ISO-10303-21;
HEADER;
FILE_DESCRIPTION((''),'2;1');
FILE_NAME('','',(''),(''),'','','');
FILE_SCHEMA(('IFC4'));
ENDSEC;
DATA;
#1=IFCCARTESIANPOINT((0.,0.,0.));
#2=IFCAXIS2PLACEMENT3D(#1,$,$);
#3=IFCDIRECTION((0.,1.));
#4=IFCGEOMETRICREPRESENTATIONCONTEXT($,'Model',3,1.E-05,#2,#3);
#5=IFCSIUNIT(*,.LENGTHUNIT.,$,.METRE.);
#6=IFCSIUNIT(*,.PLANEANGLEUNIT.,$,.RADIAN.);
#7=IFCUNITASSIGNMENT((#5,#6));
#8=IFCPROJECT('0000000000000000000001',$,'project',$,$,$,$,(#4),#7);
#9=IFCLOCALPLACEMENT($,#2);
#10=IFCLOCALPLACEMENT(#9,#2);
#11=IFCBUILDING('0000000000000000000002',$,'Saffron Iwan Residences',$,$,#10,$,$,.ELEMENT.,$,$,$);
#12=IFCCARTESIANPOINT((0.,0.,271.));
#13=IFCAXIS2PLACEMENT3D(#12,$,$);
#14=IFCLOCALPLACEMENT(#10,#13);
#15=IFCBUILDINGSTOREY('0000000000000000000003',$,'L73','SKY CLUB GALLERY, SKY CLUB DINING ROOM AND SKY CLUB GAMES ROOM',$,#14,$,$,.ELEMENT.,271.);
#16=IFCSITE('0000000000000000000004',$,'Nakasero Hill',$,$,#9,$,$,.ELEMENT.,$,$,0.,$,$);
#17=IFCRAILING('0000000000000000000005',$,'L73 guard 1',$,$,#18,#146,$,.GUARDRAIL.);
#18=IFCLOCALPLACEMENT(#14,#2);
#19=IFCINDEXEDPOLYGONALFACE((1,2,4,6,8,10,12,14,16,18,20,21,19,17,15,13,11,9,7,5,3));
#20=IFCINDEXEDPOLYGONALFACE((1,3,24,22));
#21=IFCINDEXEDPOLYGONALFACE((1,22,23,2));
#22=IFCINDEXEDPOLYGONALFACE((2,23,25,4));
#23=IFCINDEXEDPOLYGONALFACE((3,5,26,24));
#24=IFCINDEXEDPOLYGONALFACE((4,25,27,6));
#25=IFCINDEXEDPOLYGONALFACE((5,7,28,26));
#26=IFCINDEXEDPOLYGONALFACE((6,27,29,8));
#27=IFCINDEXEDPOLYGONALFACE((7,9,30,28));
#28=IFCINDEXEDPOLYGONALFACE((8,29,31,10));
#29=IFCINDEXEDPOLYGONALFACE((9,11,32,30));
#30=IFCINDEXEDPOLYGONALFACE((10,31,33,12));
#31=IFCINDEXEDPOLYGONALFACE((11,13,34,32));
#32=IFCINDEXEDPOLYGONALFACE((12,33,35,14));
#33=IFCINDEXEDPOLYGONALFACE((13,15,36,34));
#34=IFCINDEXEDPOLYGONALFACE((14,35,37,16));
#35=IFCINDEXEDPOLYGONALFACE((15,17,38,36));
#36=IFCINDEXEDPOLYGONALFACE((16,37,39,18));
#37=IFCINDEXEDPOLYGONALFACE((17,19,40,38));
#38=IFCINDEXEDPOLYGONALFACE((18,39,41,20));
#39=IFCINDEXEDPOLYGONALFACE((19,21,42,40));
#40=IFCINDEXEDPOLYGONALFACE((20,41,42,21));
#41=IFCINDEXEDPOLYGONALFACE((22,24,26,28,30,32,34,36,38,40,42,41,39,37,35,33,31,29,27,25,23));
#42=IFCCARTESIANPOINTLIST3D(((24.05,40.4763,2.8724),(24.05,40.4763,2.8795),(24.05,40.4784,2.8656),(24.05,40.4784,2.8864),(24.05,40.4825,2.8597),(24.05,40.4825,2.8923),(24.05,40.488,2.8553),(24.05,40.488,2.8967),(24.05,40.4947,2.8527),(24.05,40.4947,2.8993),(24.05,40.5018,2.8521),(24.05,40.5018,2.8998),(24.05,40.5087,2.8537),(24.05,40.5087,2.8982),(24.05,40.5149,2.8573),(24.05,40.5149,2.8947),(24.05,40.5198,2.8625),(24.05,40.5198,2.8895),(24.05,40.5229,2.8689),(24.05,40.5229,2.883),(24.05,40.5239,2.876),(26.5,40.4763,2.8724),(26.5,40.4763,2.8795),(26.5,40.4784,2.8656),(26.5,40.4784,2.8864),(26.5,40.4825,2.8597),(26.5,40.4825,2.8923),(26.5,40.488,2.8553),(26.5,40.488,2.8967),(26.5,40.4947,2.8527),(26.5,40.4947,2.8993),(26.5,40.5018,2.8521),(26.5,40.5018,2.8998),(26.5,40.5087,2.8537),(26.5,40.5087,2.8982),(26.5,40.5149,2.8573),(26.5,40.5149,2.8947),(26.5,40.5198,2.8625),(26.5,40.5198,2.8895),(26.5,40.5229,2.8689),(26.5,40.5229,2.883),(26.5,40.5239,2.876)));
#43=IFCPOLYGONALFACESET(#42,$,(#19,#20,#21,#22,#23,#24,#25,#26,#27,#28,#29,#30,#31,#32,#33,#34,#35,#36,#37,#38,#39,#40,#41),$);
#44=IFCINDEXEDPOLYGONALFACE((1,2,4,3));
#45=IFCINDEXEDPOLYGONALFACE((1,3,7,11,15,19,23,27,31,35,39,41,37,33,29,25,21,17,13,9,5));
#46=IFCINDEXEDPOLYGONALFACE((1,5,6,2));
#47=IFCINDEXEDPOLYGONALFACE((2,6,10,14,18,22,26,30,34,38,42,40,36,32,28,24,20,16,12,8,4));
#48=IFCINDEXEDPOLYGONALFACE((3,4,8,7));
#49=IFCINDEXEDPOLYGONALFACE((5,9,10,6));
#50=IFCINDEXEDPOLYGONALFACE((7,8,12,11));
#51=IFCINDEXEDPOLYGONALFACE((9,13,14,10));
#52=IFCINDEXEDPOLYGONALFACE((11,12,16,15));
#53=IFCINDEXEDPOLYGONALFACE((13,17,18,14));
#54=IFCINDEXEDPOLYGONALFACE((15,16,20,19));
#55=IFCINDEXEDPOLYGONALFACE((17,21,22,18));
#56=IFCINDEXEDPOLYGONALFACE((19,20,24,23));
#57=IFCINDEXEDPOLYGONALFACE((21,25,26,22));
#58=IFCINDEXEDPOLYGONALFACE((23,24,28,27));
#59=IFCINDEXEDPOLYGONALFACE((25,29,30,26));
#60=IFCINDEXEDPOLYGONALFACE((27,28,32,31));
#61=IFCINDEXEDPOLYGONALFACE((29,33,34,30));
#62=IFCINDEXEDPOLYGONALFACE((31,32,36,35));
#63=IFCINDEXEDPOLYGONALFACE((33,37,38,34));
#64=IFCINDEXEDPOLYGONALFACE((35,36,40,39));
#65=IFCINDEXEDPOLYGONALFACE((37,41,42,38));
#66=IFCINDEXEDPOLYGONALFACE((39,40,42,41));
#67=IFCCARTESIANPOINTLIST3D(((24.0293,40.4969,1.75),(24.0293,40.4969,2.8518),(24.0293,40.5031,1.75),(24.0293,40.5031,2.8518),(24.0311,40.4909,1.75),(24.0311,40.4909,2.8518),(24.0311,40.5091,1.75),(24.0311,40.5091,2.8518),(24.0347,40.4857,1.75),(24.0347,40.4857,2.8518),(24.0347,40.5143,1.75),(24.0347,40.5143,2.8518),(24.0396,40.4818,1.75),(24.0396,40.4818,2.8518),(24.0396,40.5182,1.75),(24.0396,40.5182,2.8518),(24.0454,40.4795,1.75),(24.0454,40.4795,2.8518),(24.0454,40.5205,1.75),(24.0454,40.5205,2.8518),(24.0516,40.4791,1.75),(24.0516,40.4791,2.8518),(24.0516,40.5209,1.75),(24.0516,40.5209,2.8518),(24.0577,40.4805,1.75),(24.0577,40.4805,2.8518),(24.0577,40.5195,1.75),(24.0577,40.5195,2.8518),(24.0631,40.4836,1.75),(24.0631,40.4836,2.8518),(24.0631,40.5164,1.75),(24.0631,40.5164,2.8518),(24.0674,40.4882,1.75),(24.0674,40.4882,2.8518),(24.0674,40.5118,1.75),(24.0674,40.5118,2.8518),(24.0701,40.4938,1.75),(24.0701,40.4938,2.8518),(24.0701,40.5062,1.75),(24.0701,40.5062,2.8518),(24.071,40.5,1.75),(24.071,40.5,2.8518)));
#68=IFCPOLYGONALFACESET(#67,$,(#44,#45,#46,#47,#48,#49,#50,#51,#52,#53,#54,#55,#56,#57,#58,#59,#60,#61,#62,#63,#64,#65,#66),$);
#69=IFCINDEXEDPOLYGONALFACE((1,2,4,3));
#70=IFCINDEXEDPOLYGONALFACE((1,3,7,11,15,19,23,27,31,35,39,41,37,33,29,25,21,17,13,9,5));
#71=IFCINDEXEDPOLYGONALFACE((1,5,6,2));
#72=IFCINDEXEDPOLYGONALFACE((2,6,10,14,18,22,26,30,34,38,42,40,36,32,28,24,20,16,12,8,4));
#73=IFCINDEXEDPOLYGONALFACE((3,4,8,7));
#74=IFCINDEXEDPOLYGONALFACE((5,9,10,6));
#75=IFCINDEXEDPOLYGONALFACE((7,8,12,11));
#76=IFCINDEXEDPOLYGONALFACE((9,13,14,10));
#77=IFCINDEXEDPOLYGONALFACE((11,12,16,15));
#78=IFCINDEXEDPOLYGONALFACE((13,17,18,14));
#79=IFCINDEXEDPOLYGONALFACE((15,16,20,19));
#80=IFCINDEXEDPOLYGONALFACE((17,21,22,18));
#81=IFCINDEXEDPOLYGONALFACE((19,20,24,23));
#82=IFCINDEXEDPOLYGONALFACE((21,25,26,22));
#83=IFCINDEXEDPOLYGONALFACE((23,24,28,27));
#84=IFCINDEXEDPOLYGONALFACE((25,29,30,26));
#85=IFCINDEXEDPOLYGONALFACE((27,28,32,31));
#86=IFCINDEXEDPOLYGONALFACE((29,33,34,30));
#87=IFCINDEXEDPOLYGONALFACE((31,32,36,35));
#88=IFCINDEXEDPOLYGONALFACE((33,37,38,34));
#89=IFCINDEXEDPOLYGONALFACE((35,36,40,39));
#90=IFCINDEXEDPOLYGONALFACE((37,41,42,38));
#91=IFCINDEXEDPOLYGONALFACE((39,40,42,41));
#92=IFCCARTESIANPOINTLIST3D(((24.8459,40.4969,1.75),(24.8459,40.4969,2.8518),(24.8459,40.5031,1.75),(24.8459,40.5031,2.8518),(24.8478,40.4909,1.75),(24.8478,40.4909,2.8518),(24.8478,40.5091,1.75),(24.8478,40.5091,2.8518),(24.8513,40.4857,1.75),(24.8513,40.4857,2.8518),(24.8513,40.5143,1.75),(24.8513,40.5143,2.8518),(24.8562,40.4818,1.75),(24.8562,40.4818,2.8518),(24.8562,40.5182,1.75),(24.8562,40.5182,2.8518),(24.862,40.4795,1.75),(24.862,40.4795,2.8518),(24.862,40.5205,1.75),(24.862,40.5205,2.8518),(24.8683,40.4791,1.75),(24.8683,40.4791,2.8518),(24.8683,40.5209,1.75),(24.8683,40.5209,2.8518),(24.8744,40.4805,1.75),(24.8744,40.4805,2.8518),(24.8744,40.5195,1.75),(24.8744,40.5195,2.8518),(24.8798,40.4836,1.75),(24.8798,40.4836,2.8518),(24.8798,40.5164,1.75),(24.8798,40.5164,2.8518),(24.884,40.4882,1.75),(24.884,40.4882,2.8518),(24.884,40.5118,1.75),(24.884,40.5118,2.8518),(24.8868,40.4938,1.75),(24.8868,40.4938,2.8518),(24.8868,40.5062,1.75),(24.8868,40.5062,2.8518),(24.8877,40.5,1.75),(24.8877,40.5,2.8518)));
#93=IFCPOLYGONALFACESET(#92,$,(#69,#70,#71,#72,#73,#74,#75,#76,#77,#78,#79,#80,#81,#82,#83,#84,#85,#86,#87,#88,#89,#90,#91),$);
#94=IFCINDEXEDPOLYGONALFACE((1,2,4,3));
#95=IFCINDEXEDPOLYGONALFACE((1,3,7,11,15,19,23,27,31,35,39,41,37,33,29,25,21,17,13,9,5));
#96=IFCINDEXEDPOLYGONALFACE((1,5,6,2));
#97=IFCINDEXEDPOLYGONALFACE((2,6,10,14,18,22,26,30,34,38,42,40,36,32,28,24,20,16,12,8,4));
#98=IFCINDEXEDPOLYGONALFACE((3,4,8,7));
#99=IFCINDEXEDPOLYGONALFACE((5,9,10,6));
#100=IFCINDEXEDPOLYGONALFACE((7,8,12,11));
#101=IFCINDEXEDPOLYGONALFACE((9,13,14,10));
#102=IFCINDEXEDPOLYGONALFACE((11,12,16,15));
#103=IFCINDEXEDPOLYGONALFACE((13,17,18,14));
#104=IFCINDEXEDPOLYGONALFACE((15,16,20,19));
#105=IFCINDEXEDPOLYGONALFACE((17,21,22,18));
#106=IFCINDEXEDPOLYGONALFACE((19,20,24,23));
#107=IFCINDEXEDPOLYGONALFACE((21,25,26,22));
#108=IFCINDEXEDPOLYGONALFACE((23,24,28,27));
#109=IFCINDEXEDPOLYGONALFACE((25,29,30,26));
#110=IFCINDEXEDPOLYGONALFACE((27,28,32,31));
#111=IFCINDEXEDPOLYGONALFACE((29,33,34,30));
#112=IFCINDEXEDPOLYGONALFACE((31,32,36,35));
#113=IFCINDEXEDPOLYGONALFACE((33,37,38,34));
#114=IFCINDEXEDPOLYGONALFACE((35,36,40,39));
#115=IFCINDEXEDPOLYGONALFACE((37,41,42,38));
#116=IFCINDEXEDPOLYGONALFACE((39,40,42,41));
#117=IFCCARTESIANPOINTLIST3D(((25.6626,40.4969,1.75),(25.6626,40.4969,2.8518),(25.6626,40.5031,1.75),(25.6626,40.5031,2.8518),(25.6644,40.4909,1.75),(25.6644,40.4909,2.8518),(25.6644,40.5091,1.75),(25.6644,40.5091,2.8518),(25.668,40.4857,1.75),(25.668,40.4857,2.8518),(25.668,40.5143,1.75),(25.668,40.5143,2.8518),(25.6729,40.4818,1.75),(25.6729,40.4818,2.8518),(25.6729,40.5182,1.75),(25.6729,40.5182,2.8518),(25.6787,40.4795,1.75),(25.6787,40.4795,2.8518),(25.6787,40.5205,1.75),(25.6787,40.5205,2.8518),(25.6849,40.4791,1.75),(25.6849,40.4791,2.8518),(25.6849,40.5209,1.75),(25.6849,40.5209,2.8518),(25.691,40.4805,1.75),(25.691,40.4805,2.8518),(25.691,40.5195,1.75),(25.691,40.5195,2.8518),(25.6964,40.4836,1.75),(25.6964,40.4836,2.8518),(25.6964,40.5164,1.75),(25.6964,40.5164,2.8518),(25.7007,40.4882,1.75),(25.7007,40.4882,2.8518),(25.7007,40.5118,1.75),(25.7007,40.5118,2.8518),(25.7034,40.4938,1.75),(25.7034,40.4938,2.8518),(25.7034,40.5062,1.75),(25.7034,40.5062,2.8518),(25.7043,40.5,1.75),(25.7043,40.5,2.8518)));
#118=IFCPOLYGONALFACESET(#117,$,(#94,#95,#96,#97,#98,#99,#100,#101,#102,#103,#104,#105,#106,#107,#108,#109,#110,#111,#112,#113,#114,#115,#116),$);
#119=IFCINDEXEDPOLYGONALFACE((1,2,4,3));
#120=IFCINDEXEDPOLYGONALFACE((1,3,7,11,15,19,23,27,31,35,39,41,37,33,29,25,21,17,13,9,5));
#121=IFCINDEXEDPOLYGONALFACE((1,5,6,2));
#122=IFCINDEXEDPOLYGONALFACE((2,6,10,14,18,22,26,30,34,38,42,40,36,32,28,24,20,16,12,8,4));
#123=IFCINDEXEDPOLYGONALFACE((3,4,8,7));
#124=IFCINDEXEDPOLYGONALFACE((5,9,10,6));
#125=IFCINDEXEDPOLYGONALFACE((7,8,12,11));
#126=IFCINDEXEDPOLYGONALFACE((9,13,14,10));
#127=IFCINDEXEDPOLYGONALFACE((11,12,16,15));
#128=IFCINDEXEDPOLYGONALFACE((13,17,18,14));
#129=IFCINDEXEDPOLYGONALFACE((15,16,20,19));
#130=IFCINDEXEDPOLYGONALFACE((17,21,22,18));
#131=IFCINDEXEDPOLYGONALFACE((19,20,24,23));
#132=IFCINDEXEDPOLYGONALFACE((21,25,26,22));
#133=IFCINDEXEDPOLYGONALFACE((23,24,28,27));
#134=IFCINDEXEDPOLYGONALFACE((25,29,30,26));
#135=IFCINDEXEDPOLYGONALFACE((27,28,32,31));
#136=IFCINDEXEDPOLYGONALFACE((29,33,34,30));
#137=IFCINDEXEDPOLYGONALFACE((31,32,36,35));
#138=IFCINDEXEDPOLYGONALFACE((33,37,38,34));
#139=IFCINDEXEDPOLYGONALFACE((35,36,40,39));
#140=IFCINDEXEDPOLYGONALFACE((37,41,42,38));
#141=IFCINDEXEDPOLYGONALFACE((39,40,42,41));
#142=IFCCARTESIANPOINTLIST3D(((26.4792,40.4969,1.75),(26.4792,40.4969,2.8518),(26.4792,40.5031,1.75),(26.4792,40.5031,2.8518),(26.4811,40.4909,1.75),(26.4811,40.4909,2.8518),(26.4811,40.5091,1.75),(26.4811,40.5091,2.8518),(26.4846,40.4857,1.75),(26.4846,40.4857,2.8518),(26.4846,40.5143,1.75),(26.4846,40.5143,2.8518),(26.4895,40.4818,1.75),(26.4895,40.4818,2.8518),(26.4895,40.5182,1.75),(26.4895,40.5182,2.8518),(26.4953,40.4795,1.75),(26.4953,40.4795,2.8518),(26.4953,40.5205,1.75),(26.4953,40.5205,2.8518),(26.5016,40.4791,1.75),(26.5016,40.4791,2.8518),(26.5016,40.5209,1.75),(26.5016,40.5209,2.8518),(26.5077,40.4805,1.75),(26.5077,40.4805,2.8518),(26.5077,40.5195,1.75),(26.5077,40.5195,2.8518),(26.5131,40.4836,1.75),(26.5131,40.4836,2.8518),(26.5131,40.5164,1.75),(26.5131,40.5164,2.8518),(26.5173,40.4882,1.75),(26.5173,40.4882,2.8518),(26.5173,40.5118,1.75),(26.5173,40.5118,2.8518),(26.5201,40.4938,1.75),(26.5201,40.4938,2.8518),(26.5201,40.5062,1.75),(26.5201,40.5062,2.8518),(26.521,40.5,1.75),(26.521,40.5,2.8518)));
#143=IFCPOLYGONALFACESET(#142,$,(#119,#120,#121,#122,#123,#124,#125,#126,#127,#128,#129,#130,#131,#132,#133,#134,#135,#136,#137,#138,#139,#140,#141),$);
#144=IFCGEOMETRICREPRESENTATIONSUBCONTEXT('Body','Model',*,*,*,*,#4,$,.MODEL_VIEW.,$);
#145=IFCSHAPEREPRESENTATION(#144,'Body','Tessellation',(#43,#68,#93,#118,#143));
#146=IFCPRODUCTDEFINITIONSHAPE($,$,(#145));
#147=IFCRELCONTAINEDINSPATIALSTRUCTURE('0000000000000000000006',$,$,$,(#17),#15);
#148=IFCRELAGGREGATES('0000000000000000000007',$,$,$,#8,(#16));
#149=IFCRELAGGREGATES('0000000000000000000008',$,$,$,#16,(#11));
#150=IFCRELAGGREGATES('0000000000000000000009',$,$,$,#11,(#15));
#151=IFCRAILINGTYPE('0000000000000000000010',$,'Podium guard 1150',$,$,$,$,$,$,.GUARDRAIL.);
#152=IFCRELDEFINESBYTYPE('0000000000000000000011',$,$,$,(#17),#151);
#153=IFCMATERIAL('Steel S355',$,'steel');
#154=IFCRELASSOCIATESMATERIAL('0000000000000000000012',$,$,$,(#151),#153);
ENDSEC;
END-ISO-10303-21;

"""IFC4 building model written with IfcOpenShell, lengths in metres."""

from ifc_helpers import new_model, si_unit, direction, frame, origin, origin_2d, place, context, subcontext, project, spatial, circle, extrude, material, type_object, element, save


model = new_model("IFC4")

# Units and contexts
model_context = context("Model", 3, precision=1e-05, world=origin(), true_north=direction((0.0, 1.0)))
body_context = subcontext(model_context, "Body", "Model", "MODEL_VIEW")
ifc_project = project(units=[si_unit("LENGTHUNIT", "METRE"), si_unit("PLANEANGLEUNIT", "RADIAN")], contexts=[model_context])

# Site, building, storey
site_placement = place(None, origin())
site = spatial("IfcSite", under=ifc_project, at=site_placement, Name="Nakasero Hill", CompositionType="ELEMENT", RefElevation=0.0)
building_placement = place(site_placement, origin())
building = spatial("IfcBuilding", under=site, at=building_placement, Name="Saffron Iwan Residences", CompositionType="ELEMENT")
storey_placement = place(building_placement, frame((0.0, 0.0, 271.0)))
storey = spatial("IfcBuildingStorey", under=building, at=storey_placement, Name="L73", Description="SKY CLUB GALLERY, SKY CLUB DINING ROOM AND SKY CLUB GAMES ROOM", CompositionType="ELEMENT", Elevation=271.0)

# Railing
ifc_material_1 = material(Name="Steel S355", Category="steel")
railing_type = type_object("IfcRailingType", Name="Podium guard 1150", PredefinedType="GUARDRAIL", material=ifc_material_1)
railing_placement = place(storey_placement, frame((24.05, 40.5, 1.75)))
element("IfcRailing", 1, at=railing_placement, inside=storey, type_object=railing_type, Name="L73 guard 1", PredefinedType="GUARDRAIL", context=body_context, shape_type="SweptSolid", body=[
    extrude(circle(Radius=0.0239, at=origin_2d()), frame((0.0, 0.0, 1.126), z_axis=(1.0, 0.0, 0.0), x_axis=(0.0, 1.0, 0.0)), (0.0, 0.0, 1.0), 2.45),
    extrude(circle(Radius=0.021, at=origin_2d()), origin(), (0.0, 0.0, 1.0), 1.1018),
    extrude(circle(Radius=0.021, at=origin_2d()), frame((0.8167, 0.0, 0.0)), (0.0, 0.0, 1.0), 1.1018),
    extrude(circle(Radius=0.021, at=origin_2d()), frame((1.6333, 0.0, 0.0)), (0.0, 0.0, 1.0), 1.1018),
    extrude(circle(Radius=0.021, at=origin_2d()), frame((2.45, 0.0, 0.0)), (0.0, 0.0, 1.0), 1.1018),
])

save(model, "model.ifc")
